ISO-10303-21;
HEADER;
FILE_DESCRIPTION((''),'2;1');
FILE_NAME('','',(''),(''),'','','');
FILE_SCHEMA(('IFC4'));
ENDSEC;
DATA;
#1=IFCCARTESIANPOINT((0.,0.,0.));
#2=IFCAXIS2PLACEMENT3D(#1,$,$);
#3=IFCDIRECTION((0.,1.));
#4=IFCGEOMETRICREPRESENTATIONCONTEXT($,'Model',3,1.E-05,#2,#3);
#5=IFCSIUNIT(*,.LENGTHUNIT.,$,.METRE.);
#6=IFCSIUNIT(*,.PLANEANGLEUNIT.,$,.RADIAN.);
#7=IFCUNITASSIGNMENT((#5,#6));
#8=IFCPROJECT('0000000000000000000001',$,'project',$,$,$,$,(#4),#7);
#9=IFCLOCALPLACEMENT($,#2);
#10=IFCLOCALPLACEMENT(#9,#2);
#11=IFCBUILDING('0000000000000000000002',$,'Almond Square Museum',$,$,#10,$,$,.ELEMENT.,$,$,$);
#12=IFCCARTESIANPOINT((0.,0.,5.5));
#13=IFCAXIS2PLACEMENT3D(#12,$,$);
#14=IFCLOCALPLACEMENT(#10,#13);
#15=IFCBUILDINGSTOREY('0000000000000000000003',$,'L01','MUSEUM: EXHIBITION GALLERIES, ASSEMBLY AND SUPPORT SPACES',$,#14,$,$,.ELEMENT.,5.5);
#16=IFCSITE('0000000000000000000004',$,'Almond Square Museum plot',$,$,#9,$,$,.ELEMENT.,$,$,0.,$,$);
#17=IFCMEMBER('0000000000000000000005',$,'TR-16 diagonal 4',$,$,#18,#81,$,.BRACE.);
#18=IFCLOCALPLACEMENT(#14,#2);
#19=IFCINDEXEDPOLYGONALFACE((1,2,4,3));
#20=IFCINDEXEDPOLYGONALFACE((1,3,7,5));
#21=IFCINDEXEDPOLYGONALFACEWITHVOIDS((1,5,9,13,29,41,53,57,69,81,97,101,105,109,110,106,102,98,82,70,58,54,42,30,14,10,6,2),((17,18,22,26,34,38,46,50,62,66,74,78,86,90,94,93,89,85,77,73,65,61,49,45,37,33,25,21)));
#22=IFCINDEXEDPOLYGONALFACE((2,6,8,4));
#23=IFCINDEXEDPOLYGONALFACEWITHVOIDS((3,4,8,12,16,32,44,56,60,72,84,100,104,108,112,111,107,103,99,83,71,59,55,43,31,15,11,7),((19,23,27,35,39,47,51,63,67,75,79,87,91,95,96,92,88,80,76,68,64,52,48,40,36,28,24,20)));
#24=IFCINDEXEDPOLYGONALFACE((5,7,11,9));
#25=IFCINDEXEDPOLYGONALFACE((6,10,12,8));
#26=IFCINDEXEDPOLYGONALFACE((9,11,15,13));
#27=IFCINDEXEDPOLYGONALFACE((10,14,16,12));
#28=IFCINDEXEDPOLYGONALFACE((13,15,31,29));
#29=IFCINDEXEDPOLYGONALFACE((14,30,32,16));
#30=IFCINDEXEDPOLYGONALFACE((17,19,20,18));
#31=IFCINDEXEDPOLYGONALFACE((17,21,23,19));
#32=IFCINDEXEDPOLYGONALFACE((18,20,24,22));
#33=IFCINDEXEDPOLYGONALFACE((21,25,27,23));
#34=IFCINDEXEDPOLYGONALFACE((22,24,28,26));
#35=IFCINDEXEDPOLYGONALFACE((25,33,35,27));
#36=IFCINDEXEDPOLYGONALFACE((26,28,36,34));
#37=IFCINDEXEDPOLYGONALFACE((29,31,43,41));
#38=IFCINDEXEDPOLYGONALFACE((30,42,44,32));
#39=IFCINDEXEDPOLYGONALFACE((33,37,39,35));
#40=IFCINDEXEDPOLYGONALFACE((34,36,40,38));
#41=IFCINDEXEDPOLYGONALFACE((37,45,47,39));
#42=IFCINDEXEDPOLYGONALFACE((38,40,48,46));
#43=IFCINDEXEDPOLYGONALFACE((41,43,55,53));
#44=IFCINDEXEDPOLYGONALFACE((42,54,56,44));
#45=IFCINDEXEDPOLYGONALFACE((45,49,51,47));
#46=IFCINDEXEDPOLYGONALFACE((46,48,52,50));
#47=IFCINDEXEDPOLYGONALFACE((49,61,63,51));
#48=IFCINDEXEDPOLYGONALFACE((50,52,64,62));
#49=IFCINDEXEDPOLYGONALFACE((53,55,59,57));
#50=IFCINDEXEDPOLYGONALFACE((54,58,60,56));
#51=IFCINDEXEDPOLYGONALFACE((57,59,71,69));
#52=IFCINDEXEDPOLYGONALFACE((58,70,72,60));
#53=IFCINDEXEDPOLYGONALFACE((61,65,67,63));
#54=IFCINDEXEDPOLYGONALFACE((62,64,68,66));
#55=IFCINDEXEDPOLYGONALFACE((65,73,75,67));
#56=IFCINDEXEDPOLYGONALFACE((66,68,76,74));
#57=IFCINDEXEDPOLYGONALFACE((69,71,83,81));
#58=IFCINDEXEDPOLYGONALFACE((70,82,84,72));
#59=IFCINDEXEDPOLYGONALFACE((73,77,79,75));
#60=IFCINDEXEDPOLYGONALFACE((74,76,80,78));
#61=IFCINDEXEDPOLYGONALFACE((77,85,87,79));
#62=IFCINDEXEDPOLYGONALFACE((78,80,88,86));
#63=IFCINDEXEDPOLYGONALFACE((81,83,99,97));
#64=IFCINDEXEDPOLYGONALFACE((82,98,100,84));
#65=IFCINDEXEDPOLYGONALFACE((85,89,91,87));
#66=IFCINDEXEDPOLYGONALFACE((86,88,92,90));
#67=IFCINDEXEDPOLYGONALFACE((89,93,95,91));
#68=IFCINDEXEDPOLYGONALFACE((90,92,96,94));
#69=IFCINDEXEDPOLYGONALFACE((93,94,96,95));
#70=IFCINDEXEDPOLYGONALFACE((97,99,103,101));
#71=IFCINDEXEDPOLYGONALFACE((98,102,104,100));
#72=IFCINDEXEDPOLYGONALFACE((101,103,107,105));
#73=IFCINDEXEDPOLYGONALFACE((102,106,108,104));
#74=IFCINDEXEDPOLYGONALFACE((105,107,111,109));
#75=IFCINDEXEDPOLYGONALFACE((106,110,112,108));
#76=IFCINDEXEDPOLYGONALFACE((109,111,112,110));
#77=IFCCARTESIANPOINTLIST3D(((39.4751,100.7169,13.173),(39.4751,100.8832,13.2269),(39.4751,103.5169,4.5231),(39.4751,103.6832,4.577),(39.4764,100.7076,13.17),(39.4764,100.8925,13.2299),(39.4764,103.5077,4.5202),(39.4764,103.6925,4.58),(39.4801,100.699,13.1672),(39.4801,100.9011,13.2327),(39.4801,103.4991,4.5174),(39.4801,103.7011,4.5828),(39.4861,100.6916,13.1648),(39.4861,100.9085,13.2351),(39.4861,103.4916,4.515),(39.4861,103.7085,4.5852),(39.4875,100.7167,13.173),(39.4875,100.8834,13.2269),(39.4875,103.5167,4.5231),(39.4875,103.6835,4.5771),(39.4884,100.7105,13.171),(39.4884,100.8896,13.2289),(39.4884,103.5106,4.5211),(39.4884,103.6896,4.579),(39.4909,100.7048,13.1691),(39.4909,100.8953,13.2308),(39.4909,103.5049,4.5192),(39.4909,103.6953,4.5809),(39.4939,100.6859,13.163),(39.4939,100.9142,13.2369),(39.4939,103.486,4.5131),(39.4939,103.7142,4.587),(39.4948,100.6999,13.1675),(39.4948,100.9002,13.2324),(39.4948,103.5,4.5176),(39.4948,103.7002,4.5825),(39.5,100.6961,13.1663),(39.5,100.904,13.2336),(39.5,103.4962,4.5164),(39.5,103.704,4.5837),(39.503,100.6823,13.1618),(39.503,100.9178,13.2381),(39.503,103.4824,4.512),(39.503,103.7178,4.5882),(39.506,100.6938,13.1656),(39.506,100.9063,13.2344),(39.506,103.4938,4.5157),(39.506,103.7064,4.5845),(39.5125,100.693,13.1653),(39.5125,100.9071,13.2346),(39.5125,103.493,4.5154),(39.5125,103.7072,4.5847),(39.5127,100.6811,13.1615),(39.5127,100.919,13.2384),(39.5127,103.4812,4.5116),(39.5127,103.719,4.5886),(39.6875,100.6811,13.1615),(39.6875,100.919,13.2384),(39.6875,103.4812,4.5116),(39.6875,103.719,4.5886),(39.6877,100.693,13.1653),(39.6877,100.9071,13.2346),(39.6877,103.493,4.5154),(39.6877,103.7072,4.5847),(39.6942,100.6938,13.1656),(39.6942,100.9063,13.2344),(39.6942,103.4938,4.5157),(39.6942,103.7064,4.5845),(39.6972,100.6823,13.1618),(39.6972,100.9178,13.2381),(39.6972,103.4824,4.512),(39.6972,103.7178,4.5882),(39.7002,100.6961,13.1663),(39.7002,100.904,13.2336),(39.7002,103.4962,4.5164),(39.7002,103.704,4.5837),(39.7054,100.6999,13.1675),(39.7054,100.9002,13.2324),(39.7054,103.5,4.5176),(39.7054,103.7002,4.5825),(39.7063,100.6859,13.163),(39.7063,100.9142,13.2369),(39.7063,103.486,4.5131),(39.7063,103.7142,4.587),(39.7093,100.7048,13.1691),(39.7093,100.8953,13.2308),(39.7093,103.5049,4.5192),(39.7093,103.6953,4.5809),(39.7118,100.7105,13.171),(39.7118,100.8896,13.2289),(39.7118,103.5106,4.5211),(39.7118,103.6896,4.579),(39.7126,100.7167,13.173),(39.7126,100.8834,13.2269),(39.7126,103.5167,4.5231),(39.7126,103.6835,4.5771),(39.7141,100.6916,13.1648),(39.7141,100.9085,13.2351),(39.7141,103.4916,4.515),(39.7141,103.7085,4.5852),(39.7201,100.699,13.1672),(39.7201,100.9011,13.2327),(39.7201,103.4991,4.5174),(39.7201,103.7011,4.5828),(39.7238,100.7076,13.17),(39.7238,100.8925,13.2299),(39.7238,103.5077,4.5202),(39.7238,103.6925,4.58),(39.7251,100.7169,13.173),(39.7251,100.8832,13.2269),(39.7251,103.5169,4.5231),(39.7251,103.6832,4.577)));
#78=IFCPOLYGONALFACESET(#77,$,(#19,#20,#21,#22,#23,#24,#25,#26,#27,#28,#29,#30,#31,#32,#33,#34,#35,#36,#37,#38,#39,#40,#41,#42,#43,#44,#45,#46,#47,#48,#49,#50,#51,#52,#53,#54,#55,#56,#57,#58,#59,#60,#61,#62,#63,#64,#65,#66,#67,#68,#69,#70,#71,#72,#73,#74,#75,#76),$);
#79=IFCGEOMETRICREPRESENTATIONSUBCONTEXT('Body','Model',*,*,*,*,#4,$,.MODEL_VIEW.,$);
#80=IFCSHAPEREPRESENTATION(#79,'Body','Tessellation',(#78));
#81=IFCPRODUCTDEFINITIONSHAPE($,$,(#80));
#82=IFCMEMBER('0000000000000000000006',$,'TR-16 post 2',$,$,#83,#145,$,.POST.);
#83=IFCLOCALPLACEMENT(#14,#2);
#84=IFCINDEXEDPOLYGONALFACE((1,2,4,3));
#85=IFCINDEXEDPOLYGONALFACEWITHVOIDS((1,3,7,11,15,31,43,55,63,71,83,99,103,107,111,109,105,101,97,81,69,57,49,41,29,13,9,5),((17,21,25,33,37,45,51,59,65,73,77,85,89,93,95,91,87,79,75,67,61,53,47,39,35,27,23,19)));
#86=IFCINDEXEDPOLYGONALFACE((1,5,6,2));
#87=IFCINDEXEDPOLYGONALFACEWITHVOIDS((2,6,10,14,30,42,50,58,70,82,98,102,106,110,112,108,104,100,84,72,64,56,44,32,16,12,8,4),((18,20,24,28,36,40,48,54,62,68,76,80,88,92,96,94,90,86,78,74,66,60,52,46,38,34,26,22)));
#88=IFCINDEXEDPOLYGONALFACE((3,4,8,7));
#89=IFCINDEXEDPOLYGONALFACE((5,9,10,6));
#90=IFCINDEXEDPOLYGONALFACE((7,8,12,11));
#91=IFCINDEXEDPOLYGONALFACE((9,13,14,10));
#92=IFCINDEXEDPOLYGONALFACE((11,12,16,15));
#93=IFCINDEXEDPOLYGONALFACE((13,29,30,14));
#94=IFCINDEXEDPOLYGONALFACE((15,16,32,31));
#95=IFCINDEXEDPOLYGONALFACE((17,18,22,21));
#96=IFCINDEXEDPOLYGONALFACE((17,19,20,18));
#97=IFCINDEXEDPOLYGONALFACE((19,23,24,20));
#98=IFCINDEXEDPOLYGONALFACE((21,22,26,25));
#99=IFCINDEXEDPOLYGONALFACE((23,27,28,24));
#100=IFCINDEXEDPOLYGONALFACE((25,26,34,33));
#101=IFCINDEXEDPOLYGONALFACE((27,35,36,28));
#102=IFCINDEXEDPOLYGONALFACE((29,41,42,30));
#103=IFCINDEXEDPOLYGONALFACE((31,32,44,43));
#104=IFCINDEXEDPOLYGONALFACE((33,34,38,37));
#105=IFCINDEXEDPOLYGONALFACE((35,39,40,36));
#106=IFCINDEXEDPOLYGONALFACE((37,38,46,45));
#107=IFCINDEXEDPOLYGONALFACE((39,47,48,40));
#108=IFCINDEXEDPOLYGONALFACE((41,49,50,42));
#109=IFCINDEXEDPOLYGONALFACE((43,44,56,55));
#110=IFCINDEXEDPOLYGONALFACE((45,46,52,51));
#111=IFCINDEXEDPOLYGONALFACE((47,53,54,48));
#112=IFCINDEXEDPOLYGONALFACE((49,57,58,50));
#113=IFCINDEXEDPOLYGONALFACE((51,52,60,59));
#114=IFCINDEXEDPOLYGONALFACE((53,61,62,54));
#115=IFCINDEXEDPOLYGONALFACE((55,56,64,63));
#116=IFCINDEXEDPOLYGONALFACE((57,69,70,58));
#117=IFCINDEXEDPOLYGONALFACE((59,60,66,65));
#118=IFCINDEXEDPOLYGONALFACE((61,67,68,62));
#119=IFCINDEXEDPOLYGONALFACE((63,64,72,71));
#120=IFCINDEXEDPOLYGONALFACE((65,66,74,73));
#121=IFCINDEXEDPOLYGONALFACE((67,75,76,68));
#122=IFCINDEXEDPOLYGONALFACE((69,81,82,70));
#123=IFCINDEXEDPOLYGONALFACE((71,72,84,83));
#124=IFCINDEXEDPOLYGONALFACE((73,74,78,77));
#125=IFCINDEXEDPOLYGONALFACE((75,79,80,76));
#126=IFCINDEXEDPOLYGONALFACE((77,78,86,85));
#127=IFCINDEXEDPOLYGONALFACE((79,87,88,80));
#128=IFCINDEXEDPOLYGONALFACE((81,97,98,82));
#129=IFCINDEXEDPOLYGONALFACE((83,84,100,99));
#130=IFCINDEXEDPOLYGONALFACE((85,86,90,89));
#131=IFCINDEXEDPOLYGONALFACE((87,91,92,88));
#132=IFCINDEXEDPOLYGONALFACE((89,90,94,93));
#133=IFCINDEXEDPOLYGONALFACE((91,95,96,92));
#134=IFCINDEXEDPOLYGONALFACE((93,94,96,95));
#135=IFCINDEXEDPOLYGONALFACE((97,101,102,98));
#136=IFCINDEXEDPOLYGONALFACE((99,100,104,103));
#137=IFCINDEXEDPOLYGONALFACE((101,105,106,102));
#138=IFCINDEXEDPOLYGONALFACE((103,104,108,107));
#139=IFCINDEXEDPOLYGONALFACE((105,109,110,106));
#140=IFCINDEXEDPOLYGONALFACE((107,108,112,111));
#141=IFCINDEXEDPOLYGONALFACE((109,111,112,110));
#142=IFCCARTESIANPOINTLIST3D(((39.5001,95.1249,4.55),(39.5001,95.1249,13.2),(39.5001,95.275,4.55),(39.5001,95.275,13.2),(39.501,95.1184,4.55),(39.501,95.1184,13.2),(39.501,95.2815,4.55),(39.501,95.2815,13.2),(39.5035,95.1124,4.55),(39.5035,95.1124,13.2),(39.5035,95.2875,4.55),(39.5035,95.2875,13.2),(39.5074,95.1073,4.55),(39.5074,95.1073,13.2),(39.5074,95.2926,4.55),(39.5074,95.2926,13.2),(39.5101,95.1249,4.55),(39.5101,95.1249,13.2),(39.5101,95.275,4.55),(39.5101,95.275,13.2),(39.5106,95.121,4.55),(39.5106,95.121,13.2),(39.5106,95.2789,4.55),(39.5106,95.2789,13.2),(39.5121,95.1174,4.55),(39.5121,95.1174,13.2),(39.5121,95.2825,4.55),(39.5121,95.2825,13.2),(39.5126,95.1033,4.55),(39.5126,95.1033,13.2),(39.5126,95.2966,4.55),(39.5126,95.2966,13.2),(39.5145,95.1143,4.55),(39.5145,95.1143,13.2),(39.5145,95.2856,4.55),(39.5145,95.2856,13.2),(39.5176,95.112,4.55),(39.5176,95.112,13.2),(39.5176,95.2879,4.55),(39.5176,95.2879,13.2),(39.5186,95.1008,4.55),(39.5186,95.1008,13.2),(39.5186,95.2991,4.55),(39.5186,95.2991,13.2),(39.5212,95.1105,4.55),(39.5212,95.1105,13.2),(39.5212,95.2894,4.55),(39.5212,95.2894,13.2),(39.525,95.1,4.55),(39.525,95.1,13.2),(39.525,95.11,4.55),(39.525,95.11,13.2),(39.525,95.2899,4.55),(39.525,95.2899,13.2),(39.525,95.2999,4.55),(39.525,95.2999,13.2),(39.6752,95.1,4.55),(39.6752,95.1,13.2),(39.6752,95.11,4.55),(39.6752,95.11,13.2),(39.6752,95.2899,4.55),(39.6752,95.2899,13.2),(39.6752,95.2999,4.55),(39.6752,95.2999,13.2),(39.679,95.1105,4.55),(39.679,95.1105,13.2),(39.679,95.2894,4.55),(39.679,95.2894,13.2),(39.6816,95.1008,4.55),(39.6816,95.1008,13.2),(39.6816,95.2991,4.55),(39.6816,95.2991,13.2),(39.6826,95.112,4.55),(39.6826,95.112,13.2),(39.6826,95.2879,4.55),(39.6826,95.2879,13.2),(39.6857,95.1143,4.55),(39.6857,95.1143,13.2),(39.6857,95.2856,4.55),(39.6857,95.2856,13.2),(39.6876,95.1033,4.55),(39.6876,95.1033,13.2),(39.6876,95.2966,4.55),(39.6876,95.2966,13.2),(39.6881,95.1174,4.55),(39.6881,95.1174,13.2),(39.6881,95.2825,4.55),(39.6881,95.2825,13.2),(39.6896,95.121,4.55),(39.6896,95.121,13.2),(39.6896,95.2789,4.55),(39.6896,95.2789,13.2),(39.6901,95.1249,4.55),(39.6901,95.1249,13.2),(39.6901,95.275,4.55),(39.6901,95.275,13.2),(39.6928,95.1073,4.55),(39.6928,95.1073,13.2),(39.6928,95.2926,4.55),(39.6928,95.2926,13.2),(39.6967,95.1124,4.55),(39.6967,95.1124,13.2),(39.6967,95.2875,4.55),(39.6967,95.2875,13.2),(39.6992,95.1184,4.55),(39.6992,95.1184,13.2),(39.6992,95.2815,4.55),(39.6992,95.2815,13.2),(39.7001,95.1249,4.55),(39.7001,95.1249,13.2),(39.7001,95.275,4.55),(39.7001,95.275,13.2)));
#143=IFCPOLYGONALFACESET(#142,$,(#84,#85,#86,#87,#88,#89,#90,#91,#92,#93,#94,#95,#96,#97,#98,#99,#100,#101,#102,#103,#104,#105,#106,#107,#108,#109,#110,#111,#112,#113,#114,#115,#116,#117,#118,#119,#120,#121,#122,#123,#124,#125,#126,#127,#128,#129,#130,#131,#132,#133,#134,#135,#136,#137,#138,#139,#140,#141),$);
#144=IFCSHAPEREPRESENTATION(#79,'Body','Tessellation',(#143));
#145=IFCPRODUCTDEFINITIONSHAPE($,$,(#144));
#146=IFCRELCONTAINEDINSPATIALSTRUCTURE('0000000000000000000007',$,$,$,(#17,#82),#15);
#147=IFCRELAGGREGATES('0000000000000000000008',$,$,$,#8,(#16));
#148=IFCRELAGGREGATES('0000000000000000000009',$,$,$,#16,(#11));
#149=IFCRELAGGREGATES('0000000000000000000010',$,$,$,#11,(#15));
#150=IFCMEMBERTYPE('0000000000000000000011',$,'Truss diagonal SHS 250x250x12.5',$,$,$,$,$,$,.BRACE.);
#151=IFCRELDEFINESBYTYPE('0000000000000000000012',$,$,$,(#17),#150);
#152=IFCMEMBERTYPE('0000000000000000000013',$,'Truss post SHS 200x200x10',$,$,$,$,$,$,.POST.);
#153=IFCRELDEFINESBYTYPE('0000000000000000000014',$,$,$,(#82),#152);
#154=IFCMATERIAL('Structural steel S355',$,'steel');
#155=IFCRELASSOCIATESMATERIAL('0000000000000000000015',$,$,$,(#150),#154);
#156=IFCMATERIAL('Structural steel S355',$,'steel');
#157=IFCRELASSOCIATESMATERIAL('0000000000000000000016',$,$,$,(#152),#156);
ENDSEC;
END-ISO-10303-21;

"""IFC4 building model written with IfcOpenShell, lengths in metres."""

from ifc_helpers import new_model, si_unit, direction, frame, origin, origin_2d, place, context, subcontext, project, spatial, hollow_rectangle, extrude, material, material_profile, profile_set, type_object, element, save


model = new_model("IFC4")

# Units and contexts
model_context = context("Model", 3, precision=1e-05, world=origin(), true_north=direction((0.0, 1.0)))
body_context = subcontext(model_context, "Body", "Model", "MODEL_VIEW")
ifc_project = project(units=[si_unit("LENGTHUNIT", "METRE"), si_unit("PLANEANGLEUNIT", "RADIAN")], contexts=[model_context])

# Site, building, storey
site_placement = place(None, origin())
site = spatial("IfcSite", under=ifc_project, at=site_placement, Name="Almond Square Museum plot", CompositionType="ELEMENT", RefElevation=0.0)
building_placement = place(site_placement, origin())
building = spatial("IfcBuilding", under=site, at=building_placement, Name="Almond Square Museum", CompositionType="ELEMENT")
storey_placement = place(building_placement, frame((0.0, 0.0, 5.5)))
storey = spatial("IfcBuildingStorey", under=building, at=storey_placement, Name="L01", Description="MUSEUM: EXHIBITION GALLERIES, ASSEMBLY AND SUPPORT SPACES", CompositionType="ELEMENT", Elevation=5.5)

# Members
ifc_material_1 = material(Name="Structural steel S355", Category="steel")
ifc_material_profile_1 = material_profile(ifc_material_1, hollow_rectangle(XDim=0.25, YDim=0.25, WallThickness=0.0125, InnerFilletRadius=0.0249, OuterFilletRadius=0.0376, at=origin_2d()))
ifc_profile_set_1 = profile_set([ifc_material_profile_1], Name="Structural steel S355")
member_type_1 = type_object("IfcMemberType", Name="Truss diagonal SHS 250x250x12.5", PredefinedType="BRACE", material=ifc_profile_set_1)
member_placement = place(storey_placement, frame((39.6001, 100.8, 13.2), z_axis=(0.0, 0.307975, -0.951395), x_axis=(-1.0, 0.0, 0.0)))
element("IfcMember", 1, at=member_placement, inside=storey, type_object=member_type_1, Name="TR-16 diagonal 4", PredefinedType="BRACE", context=body_context, shape_type="SweptSolid", body=[
    extrude(hollow_rectangle(XDim=0.25, YDim=0.25, WallThickness=0.0125, InnerFilletRadius=0.0249, OuterFilletRadius=0.0376, at=origin_2d()), origin(), (0.0, 0.0, 1.0), 9.0918),
])
ifc_material_2 = material(Name="Structural steel S355", Category="steel")
ifc_material_profile_2 = material_profile(ifc_material_2, hollow_rectangle(XDim=0.2, YDim=0.2, WallThickness=0.01, InnerFilletRadius=0.0149, OuterFilletRadius=0.0249, at=origin_2d()))
ifc_profile_set_2 = profile_set([ifc_material_profile_2], Name="Structural steel S355")
member_type_2 = type_object("IfcMemberType", Name="Truss post SHS 200x200x10", PredefinedType="POST", material=ifc_profile_set_2)
for number, where, z_axis, x_axis, name in (
    (2, (39.6001, 95.2, 4.55), (0.0, 0.0, 1.0), (1.0, 0.0, 0.0), "TR-16 post 2"),
):
    element("IfcMember", number, at=place(storey_placement, frame(where, z_axis=z_axis, x_axis=x_axis)), inside=storey, type_object=member_type_2, Name=name, PredefinedType="POST", context=body_context, shape_type="SweptSolid", body=[
        extrude(hollow_rectangle(XDim=0.2, YDim=0.2, WallThickness=0.01, InnerFilletRadius=0.0149, OuterFilletRadius=0.0249, at=origin_2d()), origin(), (0.0, 0.0, 1.0), 8.6499),
    ])

save(model, "model.ifc")
